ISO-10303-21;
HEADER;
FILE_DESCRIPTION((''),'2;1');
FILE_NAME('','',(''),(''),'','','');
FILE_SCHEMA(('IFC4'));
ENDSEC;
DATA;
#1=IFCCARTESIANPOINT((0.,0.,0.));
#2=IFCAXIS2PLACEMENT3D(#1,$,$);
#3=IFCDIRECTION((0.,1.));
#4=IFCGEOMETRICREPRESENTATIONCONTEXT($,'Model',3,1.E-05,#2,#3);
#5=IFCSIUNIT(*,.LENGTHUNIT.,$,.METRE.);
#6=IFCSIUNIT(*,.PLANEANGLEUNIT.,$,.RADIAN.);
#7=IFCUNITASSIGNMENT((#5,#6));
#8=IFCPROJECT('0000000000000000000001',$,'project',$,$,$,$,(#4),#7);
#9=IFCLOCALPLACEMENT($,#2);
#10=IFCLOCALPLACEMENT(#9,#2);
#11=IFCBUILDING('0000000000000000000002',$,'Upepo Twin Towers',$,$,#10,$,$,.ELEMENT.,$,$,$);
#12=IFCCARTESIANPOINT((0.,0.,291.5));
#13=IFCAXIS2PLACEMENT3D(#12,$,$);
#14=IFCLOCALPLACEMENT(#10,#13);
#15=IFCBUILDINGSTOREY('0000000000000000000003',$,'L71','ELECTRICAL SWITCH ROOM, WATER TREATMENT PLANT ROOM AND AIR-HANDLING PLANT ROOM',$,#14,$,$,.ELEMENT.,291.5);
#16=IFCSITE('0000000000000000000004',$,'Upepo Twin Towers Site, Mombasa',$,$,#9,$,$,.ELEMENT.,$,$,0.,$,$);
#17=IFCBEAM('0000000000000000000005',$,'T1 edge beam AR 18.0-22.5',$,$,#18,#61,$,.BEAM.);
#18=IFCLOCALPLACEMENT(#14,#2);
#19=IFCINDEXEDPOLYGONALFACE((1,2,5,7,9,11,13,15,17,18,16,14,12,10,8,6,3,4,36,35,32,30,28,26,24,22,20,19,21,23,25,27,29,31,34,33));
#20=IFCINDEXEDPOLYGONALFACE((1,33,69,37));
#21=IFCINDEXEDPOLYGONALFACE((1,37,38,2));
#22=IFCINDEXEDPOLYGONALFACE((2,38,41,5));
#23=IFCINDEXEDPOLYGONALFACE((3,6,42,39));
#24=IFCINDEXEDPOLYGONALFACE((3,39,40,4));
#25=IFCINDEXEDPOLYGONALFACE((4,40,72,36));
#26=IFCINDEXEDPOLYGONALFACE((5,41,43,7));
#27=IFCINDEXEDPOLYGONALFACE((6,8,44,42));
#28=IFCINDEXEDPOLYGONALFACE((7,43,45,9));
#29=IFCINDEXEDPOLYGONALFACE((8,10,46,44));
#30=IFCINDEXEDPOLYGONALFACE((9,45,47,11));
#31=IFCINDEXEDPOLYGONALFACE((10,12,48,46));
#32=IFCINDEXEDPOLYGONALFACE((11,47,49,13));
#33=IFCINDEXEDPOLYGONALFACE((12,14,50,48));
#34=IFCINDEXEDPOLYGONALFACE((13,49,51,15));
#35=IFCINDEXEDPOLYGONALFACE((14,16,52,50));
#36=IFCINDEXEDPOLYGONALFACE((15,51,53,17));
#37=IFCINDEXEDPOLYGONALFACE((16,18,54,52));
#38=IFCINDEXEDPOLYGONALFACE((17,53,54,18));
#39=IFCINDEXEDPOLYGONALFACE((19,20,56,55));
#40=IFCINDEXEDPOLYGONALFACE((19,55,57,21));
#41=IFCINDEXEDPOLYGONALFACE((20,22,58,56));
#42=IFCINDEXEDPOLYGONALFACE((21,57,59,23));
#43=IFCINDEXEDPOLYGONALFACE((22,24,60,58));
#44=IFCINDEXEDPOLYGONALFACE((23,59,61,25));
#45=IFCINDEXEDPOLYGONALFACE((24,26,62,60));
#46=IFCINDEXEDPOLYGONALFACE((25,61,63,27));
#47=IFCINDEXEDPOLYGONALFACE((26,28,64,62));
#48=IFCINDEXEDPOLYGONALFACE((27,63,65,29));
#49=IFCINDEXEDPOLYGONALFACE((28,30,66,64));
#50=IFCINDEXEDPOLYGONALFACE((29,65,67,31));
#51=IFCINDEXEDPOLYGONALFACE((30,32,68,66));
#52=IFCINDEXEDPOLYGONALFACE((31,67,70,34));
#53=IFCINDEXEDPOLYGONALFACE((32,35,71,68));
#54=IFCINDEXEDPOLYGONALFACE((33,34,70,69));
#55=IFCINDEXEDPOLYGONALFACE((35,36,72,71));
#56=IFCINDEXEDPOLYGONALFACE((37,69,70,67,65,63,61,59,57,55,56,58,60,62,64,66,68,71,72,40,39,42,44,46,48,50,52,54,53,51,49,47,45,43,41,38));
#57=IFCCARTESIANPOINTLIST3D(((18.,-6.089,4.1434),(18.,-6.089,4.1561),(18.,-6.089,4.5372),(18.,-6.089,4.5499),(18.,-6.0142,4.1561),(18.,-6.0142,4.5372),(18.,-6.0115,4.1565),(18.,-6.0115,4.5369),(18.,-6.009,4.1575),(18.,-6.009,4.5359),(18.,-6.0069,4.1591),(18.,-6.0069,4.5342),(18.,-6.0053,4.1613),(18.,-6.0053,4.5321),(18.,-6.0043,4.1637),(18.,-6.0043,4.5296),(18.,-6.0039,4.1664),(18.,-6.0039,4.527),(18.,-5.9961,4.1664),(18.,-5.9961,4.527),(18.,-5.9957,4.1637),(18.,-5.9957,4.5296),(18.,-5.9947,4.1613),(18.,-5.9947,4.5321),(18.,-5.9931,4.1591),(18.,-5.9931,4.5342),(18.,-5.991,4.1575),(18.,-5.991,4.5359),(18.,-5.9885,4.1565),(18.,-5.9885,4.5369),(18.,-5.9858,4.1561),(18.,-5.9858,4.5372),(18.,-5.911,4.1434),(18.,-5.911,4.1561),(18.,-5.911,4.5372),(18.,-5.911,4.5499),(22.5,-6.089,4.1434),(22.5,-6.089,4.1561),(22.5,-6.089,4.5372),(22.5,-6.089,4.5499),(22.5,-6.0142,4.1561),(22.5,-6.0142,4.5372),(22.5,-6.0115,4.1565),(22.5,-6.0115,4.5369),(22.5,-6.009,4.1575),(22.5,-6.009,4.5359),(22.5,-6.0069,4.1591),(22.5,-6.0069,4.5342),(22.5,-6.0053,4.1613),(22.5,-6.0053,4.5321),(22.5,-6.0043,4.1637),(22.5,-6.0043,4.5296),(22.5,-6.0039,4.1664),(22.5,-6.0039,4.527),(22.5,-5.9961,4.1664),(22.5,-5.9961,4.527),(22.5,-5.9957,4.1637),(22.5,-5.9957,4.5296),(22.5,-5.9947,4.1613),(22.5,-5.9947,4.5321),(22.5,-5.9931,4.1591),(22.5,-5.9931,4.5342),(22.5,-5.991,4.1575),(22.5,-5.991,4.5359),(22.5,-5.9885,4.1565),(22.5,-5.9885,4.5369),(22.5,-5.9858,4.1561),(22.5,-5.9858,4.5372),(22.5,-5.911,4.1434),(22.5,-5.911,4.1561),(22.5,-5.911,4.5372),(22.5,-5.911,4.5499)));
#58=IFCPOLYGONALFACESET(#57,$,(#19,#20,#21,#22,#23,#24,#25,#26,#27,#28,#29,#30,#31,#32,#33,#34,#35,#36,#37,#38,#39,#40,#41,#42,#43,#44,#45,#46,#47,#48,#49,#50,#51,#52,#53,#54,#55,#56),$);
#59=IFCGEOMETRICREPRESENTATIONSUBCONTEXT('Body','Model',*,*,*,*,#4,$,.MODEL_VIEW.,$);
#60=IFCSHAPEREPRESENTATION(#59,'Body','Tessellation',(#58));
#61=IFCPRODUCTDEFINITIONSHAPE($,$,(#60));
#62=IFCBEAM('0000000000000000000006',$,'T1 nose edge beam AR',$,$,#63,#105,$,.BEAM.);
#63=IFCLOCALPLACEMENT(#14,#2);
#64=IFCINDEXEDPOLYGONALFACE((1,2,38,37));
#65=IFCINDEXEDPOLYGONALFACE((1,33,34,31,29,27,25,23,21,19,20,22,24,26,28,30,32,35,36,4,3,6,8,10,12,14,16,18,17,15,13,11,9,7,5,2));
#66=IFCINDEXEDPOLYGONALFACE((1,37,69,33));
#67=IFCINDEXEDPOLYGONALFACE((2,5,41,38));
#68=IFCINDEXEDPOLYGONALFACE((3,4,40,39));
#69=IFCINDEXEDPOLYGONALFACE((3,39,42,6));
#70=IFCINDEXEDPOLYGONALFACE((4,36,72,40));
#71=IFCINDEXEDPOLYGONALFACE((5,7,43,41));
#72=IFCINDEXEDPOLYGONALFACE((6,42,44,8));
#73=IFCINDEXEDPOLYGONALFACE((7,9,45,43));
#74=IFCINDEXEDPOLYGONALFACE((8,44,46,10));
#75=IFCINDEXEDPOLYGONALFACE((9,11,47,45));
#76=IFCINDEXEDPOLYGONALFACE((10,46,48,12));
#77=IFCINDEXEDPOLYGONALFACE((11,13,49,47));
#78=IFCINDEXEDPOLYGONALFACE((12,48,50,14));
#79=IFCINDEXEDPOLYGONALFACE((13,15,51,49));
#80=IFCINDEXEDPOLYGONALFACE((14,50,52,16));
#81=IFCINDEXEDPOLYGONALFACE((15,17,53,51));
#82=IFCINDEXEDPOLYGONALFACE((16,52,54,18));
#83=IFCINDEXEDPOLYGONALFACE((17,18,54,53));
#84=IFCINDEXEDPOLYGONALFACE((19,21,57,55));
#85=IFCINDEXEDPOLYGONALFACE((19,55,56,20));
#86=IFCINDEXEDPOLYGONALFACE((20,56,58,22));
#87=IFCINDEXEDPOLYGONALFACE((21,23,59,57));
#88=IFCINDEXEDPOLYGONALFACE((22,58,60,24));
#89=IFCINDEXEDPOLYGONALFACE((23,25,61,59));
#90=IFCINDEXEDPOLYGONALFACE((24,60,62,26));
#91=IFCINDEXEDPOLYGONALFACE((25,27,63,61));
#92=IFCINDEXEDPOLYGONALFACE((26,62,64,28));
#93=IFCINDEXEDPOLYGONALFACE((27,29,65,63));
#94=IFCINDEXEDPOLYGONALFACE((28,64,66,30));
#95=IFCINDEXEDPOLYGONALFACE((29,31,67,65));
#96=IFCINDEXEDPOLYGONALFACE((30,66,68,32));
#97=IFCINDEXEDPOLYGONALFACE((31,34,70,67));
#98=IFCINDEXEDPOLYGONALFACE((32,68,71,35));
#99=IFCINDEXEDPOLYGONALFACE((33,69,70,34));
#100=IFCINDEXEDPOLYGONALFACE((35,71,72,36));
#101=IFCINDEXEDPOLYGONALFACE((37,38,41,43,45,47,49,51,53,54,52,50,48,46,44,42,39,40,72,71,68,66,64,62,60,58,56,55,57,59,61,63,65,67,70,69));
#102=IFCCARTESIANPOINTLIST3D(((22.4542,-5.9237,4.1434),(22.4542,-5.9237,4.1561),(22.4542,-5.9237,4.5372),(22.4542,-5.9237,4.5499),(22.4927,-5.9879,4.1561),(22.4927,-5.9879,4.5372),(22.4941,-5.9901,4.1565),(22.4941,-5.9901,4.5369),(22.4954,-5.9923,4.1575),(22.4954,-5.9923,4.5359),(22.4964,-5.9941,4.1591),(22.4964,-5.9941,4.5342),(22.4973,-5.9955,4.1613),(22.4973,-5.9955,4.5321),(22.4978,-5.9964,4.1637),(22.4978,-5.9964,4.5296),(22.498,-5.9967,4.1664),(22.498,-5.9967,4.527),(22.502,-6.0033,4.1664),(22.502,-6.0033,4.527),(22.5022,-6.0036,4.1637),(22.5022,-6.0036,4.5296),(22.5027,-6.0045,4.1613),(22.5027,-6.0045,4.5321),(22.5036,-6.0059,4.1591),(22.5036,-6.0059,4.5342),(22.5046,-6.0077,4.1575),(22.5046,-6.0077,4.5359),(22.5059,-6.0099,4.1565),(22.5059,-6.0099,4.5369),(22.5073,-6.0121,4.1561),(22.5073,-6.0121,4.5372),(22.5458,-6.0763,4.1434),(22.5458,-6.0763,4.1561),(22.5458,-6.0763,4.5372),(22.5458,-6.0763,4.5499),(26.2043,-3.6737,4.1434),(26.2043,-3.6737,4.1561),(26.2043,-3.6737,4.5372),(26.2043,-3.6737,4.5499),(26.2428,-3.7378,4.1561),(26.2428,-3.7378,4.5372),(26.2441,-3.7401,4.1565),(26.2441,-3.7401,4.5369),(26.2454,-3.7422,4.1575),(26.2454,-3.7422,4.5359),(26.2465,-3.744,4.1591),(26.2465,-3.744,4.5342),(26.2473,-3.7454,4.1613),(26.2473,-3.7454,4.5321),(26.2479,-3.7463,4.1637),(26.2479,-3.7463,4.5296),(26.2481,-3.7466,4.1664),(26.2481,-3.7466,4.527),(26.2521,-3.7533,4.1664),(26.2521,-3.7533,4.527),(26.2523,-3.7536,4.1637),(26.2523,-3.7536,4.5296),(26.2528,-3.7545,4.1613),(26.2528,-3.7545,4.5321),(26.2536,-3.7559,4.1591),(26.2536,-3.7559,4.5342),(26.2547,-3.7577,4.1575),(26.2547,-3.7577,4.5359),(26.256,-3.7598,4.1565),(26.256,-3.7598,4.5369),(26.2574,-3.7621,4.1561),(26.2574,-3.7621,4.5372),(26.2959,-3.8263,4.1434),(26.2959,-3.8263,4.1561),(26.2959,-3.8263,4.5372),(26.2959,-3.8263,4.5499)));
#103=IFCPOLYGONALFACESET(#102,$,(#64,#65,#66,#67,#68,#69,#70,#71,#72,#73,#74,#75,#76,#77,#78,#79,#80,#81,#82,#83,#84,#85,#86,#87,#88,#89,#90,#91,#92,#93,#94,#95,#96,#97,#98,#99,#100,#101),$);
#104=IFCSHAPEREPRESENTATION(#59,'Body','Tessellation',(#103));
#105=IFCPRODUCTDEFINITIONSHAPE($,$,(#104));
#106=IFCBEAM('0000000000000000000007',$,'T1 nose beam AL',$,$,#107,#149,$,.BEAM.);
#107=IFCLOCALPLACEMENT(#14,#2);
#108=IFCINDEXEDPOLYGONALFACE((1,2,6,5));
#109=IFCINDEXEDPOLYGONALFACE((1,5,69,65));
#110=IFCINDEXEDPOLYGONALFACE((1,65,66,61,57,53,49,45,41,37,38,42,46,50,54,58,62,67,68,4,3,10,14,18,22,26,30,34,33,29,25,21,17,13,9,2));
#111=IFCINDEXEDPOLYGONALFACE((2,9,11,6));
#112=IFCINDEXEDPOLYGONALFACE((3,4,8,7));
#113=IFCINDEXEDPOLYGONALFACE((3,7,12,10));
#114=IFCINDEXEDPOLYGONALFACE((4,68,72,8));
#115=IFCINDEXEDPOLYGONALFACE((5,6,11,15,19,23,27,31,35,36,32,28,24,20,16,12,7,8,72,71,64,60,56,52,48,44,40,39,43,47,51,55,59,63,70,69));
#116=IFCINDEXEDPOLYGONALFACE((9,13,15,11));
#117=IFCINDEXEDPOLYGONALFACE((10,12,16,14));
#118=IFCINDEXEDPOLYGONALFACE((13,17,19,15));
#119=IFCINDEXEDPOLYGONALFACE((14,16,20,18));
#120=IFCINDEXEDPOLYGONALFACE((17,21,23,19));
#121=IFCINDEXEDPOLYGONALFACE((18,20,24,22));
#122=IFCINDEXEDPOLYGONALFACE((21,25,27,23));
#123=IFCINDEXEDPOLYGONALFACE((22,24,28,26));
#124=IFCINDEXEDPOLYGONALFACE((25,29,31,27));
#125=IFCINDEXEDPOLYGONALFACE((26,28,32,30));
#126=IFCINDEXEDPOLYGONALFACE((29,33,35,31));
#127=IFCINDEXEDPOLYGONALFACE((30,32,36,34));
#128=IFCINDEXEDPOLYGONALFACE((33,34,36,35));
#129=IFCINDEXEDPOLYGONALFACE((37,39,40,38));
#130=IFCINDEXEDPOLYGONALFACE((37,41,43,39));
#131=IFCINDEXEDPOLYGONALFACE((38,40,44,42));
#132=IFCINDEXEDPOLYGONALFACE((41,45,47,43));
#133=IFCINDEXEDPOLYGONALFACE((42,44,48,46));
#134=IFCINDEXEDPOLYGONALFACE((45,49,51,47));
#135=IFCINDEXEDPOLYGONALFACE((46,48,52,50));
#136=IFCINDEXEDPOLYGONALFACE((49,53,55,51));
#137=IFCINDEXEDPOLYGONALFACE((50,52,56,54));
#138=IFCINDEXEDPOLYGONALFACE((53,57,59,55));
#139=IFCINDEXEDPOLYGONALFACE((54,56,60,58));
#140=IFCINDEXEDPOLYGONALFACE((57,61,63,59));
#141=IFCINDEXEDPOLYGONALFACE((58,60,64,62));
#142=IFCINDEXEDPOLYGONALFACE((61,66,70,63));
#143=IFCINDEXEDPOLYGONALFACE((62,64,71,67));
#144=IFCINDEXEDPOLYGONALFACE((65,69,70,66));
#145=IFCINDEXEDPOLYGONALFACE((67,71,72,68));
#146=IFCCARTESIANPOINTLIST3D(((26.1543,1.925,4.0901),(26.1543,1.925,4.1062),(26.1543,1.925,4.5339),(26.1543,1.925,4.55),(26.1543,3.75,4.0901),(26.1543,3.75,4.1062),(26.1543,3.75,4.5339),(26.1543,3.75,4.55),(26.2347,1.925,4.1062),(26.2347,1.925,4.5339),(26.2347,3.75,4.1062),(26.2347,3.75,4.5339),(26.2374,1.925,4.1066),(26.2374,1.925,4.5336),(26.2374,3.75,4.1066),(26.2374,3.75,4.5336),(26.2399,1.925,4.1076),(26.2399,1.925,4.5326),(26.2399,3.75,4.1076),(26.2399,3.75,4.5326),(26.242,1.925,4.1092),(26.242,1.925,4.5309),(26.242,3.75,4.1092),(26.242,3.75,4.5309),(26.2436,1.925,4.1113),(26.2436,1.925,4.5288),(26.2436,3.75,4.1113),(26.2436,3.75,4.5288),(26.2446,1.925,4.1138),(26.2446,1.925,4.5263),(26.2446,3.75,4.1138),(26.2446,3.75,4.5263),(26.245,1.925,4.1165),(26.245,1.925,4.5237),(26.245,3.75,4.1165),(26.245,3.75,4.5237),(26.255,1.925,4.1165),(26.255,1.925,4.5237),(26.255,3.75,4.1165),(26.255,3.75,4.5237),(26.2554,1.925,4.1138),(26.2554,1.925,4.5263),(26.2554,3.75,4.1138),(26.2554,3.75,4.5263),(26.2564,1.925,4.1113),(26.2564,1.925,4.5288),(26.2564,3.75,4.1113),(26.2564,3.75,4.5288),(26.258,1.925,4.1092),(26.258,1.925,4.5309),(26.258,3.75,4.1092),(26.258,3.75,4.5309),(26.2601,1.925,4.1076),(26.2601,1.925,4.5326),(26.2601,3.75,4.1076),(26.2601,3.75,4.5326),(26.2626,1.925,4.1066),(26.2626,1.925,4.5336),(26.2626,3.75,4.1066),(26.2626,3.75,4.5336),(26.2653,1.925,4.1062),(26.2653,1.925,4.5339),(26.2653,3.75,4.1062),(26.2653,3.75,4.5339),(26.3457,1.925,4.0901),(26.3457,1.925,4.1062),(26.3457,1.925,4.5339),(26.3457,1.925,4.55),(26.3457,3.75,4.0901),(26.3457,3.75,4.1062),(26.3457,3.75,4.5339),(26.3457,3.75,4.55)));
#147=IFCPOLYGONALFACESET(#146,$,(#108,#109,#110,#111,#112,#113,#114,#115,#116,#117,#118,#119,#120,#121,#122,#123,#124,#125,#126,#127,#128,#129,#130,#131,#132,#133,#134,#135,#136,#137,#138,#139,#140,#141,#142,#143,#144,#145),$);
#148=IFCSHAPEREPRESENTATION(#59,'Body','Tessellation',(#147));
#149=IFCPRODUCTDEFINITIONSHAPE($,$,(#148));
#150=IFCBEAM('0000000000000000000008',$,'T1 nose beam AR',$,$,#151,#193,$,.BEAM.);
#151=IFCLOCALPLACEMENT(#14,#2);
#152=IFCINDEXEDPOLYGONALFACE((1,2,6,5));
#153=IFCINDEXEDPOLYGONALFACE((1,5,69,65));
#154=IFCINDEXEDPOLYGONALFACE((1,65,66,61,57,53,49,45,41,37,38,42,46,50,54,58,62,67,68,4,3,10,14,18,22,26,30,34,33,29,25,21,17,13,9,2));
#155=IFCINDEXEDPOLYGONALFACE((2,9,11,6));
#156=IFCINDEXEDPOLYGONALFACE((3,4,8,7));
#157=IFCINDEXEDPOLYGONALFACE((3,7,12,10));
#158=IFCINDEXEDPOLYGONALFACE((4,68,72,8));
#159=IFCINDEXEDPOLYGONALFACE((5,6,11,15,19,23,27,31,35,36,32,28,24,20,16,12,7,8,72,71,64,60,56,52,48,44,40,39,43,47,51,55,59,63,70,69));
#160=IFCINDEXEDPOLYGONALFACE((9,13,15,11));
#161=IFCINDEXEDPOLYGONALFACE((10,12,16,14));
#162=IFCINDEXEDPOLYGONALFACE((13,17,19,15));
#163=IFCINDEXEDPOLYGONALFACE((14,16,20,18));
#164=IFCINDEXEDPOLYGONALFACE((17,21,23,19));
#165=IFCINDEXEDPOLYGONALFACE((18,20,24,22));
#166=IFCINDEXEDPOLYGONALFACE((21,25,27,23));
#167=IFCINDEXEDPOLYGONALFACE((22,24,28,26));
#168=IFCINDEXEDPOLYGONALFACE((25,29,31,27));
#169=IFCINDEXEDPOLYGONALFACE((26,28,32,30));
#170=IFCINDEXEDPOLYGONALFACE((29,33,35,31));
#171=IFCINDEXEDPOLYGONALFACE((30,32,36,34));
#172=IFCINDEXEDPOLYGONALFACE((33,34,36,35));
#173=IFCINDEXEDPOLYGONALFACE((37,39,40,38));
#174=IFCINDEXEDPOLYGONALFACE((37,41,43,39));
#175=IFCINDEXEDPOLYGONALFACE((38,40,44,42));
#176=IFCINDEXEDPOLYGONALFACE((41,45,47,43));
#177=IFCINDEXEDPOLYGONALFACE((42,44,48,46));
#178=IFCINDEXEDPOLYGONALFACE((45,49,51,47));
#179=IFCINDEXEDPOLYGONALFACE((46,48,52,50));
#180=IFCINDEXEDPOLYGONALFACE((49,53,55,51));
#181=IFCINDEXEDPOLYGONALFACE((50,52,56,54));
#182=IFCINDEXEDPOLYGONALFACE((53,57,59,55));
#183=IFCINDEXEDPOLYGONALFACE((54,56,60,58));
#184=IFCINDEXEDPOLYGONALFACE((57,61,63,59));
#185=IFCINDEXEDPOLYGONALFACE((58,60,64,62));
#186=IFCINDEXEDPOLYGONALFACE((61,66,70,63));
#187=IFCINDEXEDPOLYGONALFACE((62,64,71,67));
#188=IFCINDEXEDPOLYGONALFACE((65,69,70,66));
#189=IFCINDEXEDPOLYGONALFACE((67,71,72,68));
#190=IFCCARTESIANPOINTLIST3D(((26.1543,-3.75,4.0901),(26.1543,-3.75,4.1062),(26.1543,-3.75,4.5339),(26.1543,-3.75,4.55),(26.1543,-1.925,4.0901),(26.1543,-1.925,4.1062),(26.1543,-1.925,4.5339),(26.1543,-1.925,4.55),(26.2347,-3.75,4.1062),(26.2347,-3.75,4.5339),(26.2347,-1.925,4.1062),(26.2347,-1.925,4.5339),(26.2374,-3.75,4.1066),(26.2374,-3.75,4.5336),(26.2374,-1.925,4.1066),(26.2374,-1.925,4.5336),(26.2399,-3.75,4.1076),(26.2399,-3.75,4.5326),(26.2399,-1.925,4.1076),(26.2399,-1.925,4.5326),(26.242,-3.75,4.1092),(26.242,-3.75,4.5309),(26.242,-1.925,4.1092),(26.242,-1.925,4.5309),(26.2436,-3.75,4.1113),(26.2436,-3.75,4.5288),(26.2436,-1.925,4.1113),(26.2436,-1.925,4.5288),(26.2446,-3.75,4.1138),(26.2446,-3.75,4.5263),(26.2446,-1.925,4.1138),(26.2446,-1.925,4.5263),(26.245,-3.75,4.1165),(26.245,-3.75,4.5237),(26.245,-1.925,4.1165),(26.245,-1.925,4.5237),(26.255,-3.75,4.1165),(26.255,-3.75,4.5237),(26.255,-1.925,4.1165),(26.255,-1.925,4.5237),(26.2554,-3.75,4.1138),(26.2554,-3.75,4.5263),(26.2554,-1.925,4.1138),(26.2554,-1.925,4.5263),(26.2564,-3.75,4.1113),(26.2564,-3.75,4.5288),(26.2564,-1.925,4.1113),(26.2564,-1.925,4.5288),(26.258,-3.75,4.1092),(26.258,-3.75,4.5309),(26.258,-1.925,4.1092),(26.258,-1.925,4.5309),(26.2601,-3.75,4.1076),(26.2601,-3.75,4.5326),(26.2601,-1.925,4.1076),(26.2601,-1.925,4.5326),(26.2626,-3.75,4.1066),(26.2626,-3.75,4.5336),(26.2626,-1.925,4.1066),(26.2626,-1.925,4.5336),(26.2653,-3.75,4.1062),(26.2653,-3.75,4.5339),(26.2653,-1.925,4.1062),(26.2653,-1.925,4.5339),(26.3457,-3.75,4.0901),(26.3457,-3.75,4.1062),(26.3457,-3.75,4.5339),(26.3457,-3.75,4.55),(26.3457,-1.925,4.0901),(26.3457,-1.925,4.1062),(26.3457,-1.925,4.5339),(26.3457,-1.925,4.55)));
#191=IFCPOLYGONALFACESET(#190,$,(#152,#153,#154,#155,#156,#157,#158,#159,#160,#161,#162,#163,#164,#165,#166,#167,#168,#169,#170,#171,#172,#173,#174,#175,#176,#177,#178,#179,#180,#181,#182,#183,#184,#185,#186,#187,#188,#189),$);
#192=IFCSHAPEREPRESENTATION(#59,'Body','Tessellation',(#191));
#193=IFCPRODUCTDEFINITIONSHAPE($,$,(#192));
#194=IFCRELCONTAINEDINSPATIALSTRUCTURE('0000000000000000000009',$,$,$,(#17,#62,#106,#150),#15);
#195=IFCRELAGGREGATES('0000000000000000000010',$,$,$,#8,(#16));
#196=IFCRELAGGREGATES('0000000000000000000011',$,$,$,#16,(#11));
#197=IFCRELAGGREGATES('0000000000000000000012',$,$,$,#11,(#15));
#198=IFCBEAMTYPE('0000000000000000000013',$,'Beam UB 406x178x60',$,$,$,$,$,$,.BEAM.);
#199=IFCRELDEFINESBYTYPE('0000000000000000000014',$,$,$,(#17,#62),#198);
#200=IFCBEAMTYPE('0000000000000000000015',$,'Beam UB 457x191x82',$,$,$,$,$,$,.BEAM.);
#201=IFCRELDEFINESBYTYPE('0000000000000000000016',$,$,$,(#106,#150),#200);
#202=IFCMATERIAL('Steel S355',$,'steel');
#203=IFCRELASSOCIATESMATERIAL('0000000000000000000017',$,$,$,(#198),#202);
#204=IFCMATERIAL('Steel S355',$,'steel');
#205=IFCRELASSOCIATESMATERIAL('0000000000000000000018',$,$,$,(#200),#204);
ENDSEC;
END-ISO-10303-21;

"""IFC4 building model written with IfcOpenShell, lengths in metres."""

from ifc_helpers import new_model, si_unit, direction, frame, origin, origin_2d, place, context, subcontext, project, spatial, i_section, extrude, material, material_profile, profile_set, type_object, element, save


model = new_model("IFC4")

# Units and contexts
model_context = context("Model", 3, precision=1e-05, world=origin(), true_north=direction((0.0, 1.0)))
body_context = subcontext(model_context, "Body", "Model", "MODEL_VIEW")
ifc_project = project(units=[si_unit("LENGTHUNIT", "METRE"), si_unit("PLANEANGLEUNIT", "RADIAN")], contexts=[model_context])

# Site, building, storey
site_placement = place(None, origin())
site = spatial("IfcSite", under=ifc_project, at=site_placement, Name="Upepo Twin Towers Site, Mombasa", CompositionType="ELEMENT", RefElevation=0.0)
building_placement = place(site_placement, origin())
building = spatial("IfcBuilding", under=site, at=building_placement, Name="Upepo Twin Towers", CompositionType="ELEMENT")
storey_placement = place(building_placement, frame((0.0, 0.0, 291.5)))
storey = spatial("IfcBuildingStorey", under=building, at=storey_placement, Name="L71", Description="ELECTRICAL SWITCH ROOM, WATER TREATMENT PLANT ROOM AND AIR-HANDLING PLANT ROOM", CompositionType="ELEMENT", Elevation=291.5)

# Beams
ifc_material_1 = material(Name="Steel S355", Category="steel")
ifc_material_profile_1 = material_profile(ifc_material_1, i_section(OverallWidth=0.178, OverallDepth=0.4065, WebThickness=0.0078, FlangeThickness=0.0127, FilletRadius=0.0103, at=origin_2d()), Name="UB 406x178x60")
ifc_profile_set_1 = profile_set([ifc_material_profile_1], Name="Steel S355")
beam_type_1 = type_object("IfcBeamType", Name="Beam UB 406x178x60", PredefinedType="BEAM", material=ifc_profile_set_1)
beam_1_placement = place(storey_placement, frame((18.0, -6.0, 4.3467), z_axis=(1.0, 0.0, 0.0), x_axis=(0.0, 1.0, 0.0)))
element("IfcBeam", 1, at=beam_1_placement, inside=storey, type_object=beam_type_1, Name="T1 edge beam AR 18.0-22.5", PredefinedType="BEAM", context=body_context, shape_type="SweptSolid", body=[
    extrude(i_section(OverallWidth=0.178, OverallDepth=0.4065, WebThickness=0.0078, FlangeThickness=0.0127, FilletRadius=0.0103, at=origin_2d()), origin(), (0.0, 0.0, 1.0), 4.5),
])
beam_2_placement = place(storey_placement, frame((22.5, -6.0, 4.3467), z_axis=(0.857493, 0.514496, 0.0), x_axis=(-0.514496, 0.857493, 0.0)))
element("IfcBeam", 2, at=beam_2_placement, inside=storey, type_object=beam_type_1, Name="T1 nose edge beam AR", PredefinedType="BEAM", context=body_context, shape_type="SweptSolid", body=[
    extrude(i_section(OverallWidth=0.178, OverallDepth=0.4065, WebThickness=0.0078, FlangeThickness=0.0127, FilletRadius=0.0103, at=origin_2d()), origin(), (0.0, 0.0, 1.0), 4.3733),
])
ifc_material_2 = material(Name="Steel S355", Category="steel")
ifc_material_profile_2 = material_profile(ifc_material_2, i_section(OverallWidth=0.1914, OverallDepth=0.46, WebThickness=0.01, FlangeThickness=0.0161, FilletRadius=0.0103, at=origin_2d()), Name="UB 457x191x82")
ifc_profile_set_2 = profile_set([ifc_material_profile_2], Name="Steel S355")
beam_type_2 = type_object("IfcBeamType", Name="Beam UB 457x191x82", PredefinedType="BEAM", material=ifc_profile_set_2)
for number, where, z_axis, x_axis, name in (
    (3, (26.25, 3.75, 4.3201), (0.0, -1.0, 0.0), (1.0, 0.0, 0.0), "T1 nose beam AL"),
    (4, (26.25, -3.75, 4.3201), (0.0, 1.0, 0.0), (-1.0, 0.0, 0.0), "T1 nose beam AR"),
):
    element("IfcBeam", number, at=place(storey_placement, frame(where, z_axis=z_axis, x_axis=x_axis)), inside=storey, type_object=beam_type_2, Name=name, PredefinedType="BEAM", context=body_context, shape_type="SweptSolid", body=[
        extrude(i_section(OverallWidth=0.1914, OverallDepth=0.46, WebThickness=0.01, FlangeThickness=0.0161, FilletRadius=0.0103, at=origin_2d()), origin(), (0.0, 0.0, 1.0), 1.825),
    ])

save(model, "model.ifc")
